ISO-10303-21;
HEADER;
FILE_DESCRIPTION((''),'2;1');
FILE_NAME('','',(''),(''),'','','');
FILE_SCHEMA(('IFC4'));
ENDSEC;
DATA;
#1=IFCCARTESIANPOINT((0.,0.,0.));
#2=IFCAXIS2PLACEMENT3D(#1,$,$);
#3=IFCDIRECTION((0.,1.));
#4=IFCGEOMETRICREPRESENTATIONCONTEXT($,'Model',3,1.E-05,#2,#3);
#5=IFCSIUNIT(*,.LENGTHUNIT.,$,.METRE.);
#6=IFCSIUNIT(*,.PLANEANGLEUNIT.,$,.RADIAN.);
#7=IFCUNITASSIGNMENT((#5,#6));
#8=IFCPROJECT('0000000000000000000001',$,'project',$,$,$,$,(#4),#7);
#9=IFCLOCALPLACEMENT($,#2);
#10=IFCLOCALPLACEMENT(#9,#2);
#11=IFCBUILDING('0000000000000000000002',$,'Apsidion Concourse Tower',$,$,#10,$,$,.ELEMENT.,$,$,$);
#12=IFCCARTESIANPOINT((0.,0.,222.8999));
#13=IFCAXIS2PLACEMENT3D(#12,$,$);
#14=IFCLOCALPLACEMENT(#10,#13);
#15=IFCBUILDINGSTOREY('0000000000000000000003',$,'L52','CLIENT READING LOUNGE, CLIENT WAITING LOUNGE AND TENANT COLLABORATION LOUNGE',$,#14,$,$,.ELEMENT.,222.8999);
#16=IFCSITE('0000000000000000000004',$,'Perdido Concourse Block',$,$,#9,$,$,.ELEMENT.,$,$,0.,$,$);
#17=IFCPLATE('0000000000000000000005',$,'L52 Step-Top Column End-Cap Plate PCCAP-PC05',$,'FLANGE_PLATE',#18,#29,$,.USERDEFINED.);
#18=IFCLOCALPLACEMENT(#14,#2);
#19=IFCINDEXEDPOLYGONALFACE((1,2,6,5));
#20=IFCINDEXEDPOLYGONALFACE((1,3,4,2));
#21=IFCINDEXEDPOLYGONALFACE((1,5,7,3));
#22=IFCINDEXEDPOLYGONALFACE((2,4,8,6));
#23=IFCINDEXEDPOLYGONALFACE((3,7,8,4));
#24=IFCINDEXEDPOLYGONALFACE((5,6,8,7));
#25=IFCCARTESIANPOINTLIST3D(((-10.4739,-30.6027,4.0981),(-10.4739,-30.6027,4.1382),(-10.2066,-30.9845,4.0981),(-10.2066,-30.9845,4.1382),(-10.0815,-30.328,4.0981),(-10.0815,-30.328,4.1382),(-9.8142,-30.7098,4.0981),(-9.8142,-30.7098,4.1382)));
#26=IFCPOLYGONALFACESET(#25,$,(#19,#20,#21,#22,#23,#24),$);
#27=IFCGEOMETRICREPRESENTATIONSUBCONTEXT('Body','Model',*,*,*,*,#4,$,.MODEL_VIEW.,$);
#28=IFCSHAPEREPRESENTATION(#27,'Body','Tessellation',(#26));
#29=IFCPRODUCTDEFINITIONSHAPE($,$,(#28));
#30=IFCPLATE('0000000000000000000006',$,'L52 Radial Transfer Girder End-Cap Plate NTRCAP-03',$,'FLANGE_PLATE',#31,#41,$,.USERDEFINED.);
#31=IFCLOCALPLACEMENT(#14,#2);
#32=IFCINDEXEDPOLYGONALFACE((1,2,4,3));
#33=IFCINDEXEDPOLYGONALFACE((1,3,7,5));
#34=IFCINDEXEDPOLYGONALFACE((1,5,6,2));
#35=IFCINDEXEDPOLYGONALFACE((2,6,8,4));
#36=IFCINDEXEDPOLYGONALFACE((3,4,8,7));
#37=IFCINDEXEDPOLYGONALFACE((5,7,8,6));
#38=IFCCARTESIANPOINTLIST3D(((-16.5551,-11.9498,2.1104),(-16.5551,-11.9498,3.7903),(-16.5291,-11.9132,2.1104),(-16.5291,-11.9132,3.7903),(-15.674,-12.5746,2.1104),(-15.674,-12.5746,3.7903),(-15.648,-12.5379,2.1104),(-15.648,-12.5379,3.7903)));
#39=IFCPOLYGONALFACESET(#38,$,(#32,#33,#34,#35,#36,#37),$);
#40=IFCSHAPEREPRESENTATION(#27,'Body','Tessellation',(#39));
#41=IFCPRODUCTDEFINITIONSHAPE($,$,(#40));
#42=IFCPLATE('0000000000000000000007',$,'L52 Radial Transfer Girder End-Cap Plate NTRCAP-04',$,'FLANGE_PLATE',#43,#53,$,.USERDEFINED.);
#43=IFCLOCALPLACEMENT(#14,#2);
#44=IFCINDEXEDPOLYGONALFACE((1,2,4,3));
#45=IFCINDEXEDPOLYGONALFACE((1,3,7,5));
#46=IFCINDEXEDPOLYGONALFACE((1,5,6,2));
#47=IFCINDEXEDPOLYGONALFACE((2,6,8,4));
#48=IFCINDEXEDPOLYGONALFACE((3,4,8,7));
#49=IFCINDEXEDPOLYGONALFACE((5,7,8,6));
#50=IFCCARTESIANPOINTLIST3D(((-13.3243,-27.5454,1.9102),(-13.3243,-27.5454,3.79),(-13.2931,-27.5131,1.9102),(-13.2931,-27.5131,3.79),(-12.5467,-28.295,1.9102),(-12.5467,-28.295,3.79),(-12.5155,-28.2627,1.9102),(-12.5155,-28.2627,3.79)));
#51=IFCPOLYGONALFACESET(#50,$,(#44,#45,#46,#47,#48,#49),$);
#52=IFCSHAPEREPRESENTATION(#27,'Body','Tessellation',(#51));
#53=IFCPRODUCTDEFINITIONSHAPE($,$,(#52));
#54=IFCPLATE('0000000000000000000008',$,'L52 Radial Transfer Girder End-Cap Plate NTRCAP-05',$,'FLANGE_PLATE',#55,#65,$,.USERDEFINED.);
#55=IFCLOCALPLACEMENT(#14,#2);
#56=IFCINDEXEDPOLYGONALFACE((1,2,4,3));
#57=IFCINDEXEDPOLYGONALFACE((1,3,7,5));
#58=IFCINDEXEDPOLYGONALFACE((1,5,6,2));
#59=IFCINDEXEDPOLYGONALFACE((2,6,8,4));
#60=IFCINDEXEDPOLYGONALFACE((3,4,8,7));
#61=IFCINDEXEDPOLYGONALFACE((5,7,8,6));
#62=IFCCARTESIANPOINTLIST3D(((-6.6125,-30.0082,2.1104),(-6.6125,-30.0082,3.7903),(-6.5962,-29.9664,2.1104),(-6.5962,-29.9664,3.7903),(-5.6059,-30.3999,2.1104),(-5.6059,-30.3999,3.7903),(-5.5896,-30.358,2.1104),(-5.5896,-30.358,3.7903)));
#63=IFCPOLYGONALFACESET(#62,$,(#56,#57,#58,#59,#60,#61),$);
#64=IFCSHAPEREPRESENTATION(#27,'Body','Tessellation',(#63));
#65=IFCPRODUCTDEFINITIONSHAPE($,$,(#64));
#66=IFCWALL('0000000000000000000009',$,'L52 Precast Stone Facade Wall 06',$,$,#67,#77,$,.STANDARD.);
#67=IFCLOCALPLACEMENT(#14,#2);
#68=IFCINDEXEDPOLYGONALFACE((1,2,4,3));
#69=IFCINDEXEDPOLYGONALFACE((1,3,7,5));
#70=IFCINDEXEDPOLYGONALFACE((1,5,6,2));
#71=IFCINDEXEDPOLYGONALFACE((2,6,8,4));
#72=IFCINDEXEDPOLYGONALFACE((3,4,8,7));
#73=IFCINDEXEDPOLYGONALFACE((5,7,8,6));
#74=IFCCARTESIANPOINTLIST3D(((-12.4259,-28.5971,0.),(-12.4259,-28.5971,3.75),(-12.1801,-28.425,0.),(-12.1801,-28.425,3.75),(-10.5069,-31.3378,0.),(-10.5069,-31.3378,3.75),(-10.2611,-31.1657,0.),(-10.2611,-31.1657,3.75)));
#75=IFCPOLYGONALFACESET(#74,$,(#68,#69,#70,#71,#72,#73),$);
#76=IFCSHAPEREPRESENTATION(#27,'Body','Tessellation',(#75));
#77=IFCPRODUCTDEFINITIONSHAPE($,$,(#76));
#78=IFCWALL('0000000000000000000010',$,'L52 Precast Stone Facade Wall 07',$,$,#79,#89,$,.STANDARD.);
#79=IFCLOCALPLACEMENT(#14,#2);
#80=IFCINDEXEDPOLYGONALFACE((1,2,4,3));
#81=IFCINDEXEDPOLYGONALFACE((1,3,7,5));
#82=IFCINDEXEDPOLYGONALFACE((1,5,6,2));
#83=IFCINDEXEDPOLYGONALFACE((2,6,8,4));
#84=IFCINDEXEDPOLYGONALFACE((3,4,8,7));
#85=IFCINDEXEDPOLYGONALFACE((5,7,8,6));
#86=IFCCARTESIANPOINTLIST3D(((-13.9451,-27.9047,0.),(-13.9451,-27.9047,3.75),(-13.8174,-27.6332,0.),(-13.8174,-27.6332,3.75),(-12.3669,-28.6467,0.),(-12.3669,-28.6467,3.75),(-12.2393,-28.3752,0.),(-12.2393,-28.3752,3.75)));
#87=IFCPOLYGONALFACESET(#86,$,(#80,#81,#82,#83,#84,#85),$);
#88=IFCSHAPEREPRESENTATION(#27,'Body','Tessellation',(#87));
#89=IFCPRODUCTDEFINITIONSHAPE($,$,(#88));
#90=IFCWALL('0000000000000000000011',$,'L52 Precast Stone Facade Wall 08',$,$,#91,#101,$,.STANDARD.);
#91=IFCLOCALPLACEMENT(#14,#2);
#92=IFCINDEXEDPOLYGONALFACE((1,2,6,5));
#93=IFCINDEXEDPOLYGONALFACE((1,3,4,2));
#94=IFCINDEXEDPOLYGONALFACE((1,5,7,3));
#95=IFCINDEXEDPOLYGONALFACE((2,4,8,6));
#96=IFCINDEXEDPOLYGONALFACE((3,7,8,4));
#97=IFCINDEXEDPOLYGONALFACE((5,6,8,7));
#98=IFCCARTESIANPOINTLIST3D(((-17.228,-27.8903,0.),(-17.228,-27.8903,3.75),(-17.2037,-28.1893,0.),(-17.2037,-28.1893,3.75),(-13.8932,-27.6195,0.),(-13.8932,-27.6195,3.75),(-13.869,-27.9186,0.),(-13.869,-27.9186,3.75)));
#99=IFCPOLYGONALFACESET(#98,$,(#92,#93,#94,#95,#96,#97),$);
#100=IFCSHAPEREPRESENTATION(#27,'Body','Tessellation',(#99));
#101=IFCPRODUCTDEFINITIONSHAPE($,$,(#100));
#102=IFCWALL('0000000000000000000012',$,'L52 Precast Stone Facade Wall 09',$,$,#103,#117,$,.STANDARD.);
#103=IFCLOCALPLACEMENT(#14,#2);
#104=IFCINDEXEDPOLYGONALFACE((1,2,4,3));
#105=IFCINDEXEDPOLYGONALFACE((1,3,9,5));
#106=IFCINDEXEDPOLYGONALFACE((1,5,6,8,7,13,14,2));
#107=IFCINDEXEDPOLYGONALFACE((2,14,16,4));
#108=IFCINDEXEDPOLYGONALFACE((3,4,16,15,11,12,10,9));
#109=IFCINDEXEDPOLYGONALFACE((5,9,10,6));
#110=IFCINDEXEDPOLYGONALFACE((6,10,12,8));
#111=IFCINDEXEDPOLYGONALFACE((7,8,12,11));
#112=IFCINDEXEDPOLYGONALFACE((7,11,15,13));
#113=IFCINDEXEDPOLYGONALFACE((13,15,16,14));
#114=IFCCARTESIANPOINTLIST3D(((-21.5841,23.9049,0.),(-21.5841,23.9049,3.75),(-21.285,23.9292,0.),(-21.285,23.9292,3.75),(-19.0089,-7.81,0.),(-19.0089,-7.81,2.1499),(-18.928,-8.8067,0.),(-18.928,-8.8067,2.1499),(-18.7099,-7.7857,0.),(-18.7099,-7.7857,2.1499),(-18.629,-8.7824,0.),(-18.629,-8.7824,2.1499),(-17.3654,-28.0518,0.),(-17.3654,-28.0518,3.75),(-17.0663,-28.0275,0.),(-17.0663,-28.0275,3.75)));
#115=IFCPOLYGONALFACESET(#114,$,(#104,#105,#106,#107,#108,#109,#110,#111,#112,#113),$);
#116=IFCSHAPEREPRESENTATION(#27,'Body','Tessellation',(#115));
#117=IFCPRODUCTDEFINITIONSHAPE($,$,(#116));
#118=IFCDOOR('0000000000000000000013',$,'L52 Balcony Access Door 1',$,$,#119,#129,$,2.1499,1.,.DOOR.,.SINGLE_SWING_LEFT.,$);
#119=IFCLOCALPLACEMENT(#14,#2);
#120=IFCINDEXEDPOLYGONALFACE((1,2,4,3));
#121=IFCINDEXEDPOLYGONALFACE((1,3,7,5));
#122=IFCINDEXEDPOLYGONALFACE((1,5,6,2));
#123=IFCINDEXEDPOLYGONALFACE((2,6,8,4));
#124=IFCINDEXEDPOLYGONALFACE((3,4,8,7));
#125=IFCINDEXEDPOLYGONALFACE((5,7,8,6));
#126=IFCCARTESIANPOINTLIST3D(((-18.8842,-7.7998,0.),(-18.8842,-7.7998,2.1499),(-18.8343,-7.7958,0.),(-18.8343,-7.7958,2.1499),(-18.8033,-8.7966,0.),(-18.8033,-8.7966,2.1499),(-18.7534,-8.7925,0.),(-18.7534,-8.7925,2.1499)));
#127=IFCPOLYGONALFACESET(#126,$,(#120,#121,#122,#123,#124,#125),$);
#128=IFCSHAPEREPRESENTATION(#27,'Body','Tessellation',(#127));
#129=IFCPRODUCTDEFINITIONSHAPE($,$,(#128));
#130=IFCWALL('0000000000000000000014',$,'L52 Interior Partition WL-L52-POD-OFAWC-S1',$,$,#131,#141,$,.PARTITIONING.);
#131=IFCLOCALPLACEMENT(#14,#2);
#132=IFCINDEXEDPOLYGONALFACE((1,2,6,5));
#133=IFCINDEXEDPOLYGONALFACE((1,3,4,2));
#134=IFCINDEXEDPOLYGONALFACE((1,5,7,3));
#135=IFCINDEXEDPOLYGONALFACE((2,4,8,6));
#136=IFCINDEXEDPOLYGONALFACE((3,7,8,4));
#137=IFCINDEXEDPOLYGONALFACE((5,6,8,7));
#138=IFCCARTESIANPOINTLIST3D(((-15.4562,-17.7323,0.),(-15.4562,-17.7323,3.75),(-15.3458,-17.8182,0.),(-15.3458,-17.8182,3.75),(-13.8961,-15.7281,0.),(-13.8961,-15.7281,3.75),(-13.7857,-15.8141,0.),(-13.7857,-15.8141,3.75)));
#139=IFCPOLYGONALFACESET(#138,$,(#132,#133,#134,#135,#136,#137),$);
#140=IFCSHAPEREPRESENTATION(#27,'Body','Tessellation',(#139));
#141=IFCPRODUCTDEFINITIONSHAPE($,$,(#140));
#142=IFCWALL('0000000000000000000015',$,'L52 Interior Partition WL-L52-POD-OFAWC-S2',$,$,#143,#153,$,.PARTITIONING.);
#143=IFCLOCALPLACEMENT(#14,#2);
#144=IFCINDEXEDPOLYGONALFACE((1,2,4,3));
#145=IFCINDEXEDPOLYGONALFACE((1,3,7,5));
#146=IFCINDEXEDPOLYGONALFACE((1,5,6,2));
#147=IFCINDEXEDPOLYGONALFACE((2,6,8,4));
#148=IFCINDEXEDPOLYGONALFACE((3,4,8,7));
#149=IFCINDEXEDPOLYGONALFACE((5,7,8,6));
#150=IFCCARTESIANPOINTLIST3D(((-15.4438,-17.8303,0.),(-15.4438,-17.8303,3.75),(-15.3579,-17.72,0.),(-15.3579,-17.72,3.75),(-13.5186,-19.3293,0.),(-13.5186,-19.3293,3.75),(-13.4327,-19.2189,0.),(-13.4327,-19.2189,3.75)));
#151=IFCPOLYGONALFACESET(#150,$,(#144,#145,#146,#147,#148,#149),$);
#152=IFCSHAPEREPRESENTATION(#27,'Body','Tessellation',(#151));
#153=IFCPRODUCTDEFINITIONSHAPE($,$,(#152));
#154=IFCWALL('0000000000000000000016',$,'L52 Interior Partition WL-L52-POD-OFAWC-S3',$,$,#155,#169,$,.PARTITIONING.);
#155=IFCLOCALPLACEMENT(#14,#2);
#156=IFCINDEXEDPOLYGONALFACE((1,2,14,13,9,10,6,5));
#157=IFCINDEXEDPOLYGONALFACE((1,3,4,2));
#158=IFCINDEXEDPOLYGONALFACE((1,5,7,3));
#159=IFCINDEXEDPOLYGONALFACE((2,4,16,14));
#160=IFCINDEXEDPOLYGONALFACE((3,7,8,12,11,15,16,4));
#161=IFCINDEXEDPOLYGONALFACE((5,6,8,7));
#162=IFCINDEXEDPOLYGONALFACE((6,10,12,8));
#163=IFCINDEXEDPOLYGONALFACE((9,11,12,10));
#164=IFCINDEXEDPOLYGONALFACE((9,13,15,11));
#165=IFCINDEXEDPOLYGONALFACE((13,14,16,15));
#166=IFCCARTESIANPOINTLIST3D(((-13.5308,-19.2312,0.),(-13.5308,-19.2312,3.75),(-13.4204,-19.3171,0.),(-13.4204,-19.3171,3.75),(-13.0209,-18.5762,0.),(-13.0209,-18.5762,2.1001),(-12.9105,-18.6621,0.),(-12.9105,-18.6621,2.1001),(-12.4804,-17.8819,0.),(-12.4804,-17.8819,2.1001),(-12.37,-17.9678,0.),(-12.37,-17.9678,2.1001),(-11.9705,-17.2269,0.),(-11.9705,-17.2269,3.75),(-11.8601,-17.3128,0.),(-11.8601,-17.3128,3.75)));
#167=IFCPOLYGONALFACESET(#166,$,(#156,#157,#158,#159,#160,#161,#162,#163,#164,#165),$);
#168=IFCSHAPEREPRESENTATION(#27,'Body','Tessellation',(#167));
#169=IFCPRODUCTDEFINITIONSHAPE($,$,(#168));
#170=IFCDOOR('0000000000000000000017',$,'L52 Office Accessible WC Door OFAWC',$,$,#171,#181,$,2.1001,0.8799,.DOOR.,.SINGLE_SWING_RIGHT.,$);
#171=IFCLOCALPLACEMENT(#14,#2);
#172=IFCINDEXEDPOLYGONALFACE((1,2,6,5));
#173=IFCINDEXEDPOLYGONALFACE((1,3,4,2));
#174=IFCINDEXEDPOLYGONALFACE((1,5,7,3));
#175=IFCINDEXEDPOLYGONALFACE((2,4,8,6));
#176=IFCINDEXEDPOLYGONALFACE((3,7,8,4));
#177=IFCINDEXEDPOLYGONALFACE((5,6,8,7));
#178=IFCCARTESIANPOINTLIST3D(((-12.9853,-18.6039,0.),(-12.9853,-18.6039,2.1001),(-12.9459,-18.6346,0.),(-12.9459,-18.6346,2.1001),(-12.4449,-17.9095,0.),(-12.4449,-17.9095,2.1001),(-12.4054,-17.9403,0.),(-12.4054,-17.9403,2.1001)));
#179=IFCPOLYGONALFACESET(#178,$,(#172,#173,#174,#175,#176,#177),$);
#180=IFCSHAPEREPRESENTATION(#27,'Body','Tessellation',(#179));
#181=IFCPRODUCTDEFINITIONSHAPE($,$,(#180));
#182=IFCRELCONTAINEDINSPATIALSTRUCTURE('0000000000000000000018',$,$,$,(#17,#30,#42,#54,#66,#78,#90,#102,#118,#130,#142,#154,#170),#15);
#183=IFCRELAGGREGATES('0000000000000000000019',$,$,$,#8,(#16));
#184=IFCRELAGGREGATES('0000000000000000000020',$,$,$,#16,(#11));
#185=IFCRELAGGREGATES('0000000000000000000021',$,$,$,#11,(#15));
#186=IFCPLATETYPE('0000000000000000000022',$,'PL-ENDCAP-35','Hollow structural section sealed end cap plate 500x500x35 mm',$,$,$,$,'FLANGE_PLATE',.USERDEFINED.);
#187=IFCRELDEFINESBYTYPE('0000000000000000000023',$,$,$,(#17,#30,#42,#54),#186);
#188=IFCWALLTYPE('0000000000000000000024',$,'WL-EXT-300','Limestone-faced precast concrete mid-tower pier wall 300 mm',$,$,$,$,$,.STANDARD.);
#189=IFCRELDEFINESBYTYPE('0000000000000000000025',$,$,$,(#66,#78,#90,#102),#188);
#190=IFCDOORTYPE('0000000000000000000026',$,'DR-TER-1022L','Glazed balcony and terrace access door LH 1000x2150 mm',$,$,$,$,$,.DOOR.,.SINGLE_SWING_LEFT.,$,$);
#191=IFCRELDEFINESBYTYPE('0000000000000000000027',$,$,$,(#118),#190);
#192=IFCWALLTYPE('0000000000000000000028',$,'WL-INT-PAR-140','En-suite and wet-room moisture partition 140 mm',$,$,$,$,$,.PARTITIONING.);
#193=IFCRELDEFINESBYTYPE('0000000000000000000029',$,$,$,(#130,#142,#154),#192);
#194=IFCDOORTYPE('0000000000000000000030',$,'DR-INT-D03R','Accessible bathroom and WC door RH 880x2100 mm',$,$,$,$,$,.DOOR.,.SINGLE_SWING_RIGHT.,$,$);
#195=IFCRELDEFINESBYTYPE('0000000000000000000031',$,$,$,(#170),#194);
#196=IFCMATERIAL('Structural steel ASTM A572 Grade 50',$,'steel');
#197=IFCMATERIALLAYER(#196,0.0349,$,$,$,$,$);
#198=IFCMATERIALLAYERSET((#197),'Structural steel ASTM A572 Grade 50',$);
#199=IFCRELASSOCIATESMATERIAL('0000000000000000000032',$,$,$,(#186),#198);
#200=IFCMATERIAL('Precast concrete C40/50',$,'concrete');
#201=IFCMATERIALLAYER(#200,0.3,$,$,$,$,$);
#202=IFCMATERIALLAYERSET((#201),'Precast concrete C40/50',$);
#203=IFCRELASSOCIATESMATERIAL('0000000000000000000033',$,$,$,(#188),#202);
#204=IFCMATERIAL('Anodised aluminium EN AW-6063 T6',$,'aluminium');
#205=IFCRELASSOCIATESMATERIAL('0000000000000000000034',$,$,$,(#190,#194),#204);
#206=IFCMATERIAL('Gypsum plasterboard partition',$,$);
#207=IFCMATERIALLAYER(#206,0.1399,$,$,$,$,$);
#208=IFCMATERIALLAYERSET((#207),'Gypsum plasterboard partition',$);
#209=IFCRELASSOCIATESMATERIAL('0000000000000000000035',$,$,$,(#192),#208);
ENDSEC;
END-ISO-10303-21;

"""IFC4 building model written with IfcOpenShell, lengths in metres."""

from ifc_helpers import new_model, si_unit, direction, frame, frame_2d, origin, origin_2d, place, context, subcontext, project, spatial, rectangle, extrude, material, layer, layer_set, type_object, element, fill, save


model = new_model("IFC4")

# Units and contexts
model_context = context("Model", 3, precision=1e-05, world=origin(), true_north=direction((0.0, 1.0)))
body_context = subcontext(model_context, "Body", "Model", "MODEL_VIEW")
ifc_project = project(units=[si_unit("LENGTHUNIT", "METRE"), si_unit("PLANEANGLEUNIT", "RADIAN")], contexts=[model_context])

# Site, building, storey
site_placement = place(None, origin())
site = spatial("IfcSite", under=ifc_project, at=site_placement, Name="Perdido Concourse Block", CompositionType="ELEMENT", RefElevation=0.0)
building_placement = place(site_placement, origin())
building = spatial("IfcBuilding", under=site, at=building_placement, Name="Apsidion Concourse Tower", CompositionType="ELEMENT")
storey_placement = place(building_placement, frame((0.0, 0.0, 222.8999)))
storey = spatial("IfcBuildingStorey", under=building, at=storey_placement, Name="L52", Description="CLIENT READING LOUNGE, CLIENT WAITING LOUNGE AND TENANT COLLABORATION LOUNGE", CompositionType="ELEMENT", Elevation=222.8999)

# Shared definitions
ifc_material_1 = material(Name="Structural steel ASTM A572 Grade 50", Category="steel")

# Plates
ifc_layer_1 = layer(ifc_material_1, 0.0349)
ifc_layer_set_1 = layer_set([ifc_layer_1], Name="Structural steel ASTM A572 Grade 50")
plate_type = type_object("IfcPlateType", Name="PL-ENDCAP-35", Description="Hollow structural section sealed end cap plate 500x500x35 mm", ElementType="FLANGE_PLATE", PredefinedType="USERDEFINED", material=ifc_layer_set_1)
for number, where, z_axis, x_axis, name in (
    (1, (-10.144, -30.6562, 4.0981), (0.0, 0.0, 1.0), (0.819152, 0.573576, 0.0), "L52 Step-Top Column End-Cap Plate PCCAP-PC05"),
):
    element("IfcPlate", number, at=place(storey_placement, frame(where, z_axis=z_axis, x_axis=x_axis)), inside=storey, type_object=plate_type, Name=name, ObjectType="FLANGE_PLATE", PredefinedType="USERDEFINED", context=body_context, shape_type="SweptSolid", body=[
        extrude(rectangle(XDim=0.479, YDim=0.4661, at=origin_2d()), origin(), (0.0, 0.0, 1.0), 0.04),
    ])
plate_1_placement = place(storey_placement, frame((-16.1016, -12.2439, 2.1104), z_axis=(0.0, 0.0, 1.0), x_axis=(-0.578427, -0.815734, 0.0)))
element("IfcPlate", 2, at=plate_1_placement, inside=storey, type_object=plate_type, Name="L52 Radial Transfer Girder End-Cap Plate NTRCAP-03", ObjectType="FLANGE_PLATE", PredefinedType="USERDEFINED", context=body_context, shape_type="SweptSolid", body=[
    extrude(rectangle(XDim=0.0449, YDim=1.0801, at=origin_2d()), origin(), (0.0, 0.0, 1.0), 1.6799),
])
plate_2_placement = place(storey_placement, frame((-12.9199, -27.9041, 1.9102), z_axis=(0.0, 0.0, 1.0), x_axis=(-0.69403, -0.719946, 0.0)))
element("IfcPlate", 3, at=plate_2_placement, inside=storey, type_object=plate_type, Name="L52 Radial Transfer Girder End-Cap Plate NTRCAP-04", ObjectType="FLANGE_PLATE", PredefinedType="USERDEFINED", context=body_context, shape_type="SweptSolid", body=[
    extrude(rectangle(XDim=0.0449, YDim=1.0801, at=origin_2d()), origin(), (0.0, 0.0, 1.0), 1.8799),
])
plate_3_placement = place(storey_placement, frame((-6.1011, -30.1831, 2.1104), z_axis=(0.0, 0.0, 1.0), x_axis=(-0.362601, -0.931945, 0.0)))
element("IfcPlate", 4, at=plate_3_placement, inside=storey, type_object=plate_type, Name="L52 Radial Transfer Girder End-Cap Plate NTRCAP-05", ObjectType="FLANGE_PLATE", PredefinedType="USERDEFINED", context=body_context, shape_type="SweptSolid", body=[
    extrude(rectangle(XDim=0.0449, YDim=1.0801, at=origin_2d()), origin(), (0.0, 0.0, 1.0), 1.6799),
])

# Walls
ifc_material_2 = material(Name="Precast concrete C40/50", Category="concrete")
ifc_layer_2 = layer(ifc_material_2, 0.3)
ifc_layer_set_2 = layer_set([ifc_layer_2], Name="Precast concrete C40/50")
wall_type_1 = type_object("IfcWallType", Name="WL-EXT-300", Description="Limestone-faced precast concrete mid-tower pier wall 300 mm", PredefinedType="STANDARD", material=ifc_layer_set_2)
wall_1_placement = place(storey_placement, frame((-10.384, -31.2517, 0.0), z_axis=(0.0, 0.0, 1.0), x_axis=(-0.57355, 0.81917, 0.0)))
element("IfcWall", 5, at=wall_1_placement, inside=storey, type_object=wall_type_1, Name="L52 Precast Stone Facade Wall 06", PredefinedType="STANDARD", context=body_context, shape_type="SweptSolid", body=[
    extrude(rectangle(XDim=3.3457, YDim=0.3, at=frame_2d((1.6729, 0.0))), origin(), (0.0, 0.0, 1.0), 3.75),
])
wall_2_placement = place(storey_placement, frame((-12.303, -28.511, 0.0), z_axis=(0.0, 0.0, 1.0), x_axis=(-0.904974, 0.425467, 0.0)))
element("IfcWall", 6, at=wall_2_placement, inside=storey, type_object=wall_type_1, Name="L52 Precast Stone Facade Wall 07", PredefinedType="STANDARD", context=body_context, shape_type="SweptSolid", body=[
    extrude(rectangle(XDim=1.7439, YDim=0.3, at=frame_2d((0.8721, 0.0))), origin(), (0.0, 0.0, 1.0), 3.75),
])
wall_3_placement = place(storey_placement, frame((-13.8811, -27.769, 0.0), z_axis=(0.0, 0.0, 1.0), x_axis=(-0.99672, -0.080926, 0.0)))
element("IfcWall", 7, at=wall_3_placement, inside=storey, type_object=wall_type_1, Name="L52 Precast Stone Facade Wall 08", PredefinedType="STANDARD", context=body_context, shape_type="SweptSolid", body=[
    extrude(rectangle(XDim=3.3457, YDim=0.3, at=frame_2d((1.6729, 0.0))), origin(), (0.0, 0.0, 1.0), 3.75),
])

# Wall, opening, door
wall_4_placement = place(storey_placement, frame((-17.2158, -28.0398, 0.0), z_axis=(0.0, 0.0, 1.0), x_axis=(-0.080931, 0.99672, 0.0)))
wall_4 = element("IfcWall", 8, at=wall_4_placement, inside=storey, type_object=wall_type_1, Name="L52 Precast Stone Facade Wall 09", PredefinedType="STANDARD", context=body_context, shape_type="SweptSolid", body=[
    extrude(rectangle(XDim=52.1277, YDim=0.3, at=frame_2d((26.064, 0.0))), origin(), (0.0, 0.0, 1.0), 3.75),
])
opening_1_placement = place(wall_4_placement, frame((19.3086, 0.0, 0.0)))
opening_1 = element("IfcOpeningElement", 9, at=opening_1_placement, cuts=wall_4, PredefinedType="OPENING", context=body_context, shape_type="SweptSolid", body=[
    extrude(rectangle(XDim=1.0, YDim=2.1499, at=frame_2d((0.5, 1.075))), frame((0.0, 0.1602, 0.0), z_axis=(0.0, -1.0, 0.0), x_axis=(1.0, 0.0, 0.0)), (0.0, 0.0, 1.0), 0.3201),
])
ifc_material_3 = material(Name="Anodised aluminium EN AW-6063 T6", Category="aluminium")
door_type_1 = type_object("IfcDoorType", Name="DR-TER-1022L", Description="Glazed balcony and terrace access door LH 1000x2150 mm", OperationType="SINGLE_SWING_LEFT", PredefinedType="DOOR", material=ifc_material_3)
door_1_placement = place(opening_1_placement, origin())
door_1 = element("IfcDoor", 10, at=door_1_placement, inside=storey, type_object=door_type_1, Name="L52 Balcony Access Door 1", OperationType="SINGLE_SWING_LEFT", OverallHeight=2.1499, OverallWidth=1.0, PredefinedType="DOOR", context=body_context, shape_type="SweptSolid", body=[
    extrude(rectangle(XDim=1.0, YDim=2.1499, at=frame_2d((0.5, 1.075))), frame((0.0, 0.0249, 0.0), z_axis=(0.0, -1.0, 0.0), x_axis=(1.0, 0.0, 0.0)), (0.0, 0.0, 1.0), 0.05),
])
fill(opening_1, door_1)

# Walls
ifc_material_4 = material(Name="Gypsum plasterboard partition")
ifc_layer_3 = layer(ifc_material_4, 0.1399)
ifc_layer_set_3 = layer_set([ifc_layer_3], Name="Gypsum plasterboard partition")
wall_type_2 = type_object("IfcWallType", Name="WL-INT-PAR-140", Description="En-suite and wet-room moisture partition 140 mm", PredefinedType="PARTITIONING", material=ifc_layer_set_3)
wall_5_placement = place(storey_placement, frame((-13.8408, -15.771, 0.0), z_axis=(0.0, 0.0, 1.0), x_axis=(-0.614253, -0.789109, 0.0)))
element("IfcWall", 11, at=wall_5_placement, inside=storey, type_object=wall_type_2, Name="L52 Interior Partition WL-L52-POD-OFAWC-S1", PredefinedType="PARTITIONING", context=body_context, shape_type="SweptSolid", body=[
    extrude(rectangle(XDim=2.5398, YDim=0.1399, at=frame_2d((1.27, 0.0))), origin(), (0.0, 0.0, 1.0), 3.75),
])
wall_6_placement = place(storey_placement, frame((-15.4009, -17.7751, 0.0), z_axis=(0.0, 0.0, 1.0), x_axis=(0.78904, -0.614342, 0.0)))
element("IfcWall", 12, at=wall_6_placement, inside=storey, type_object=wall_type_2, Name="L52 Interior Partition WL-L52-POD-OFAWC-S2", PredefinedType="PARTITIONING", context=body_context, shape_type="SweptSolid", body=[
    extrude(rectangle(XDim=2.4399, YDim=0.1399, at=frame_2d((1.22, 0.0))), origin(), (0.0, 0.0, 1.0), 3.75),
])

# Wall, opening, door
wall_7_placement = place(storey_placement, frame((-13.4756, -19.2742, 0.0), z_axis=(0.0, 0.0, 1.0), x_axis=(0.614267, 0.789099, 0.0)))
wall_7 = element("IfcWall", 13, at=wall_7_placement, inside=storey, type_object=wall_type_2, Name="L52 Interior Partition WL-L52-POD-OFAWC-S3", PredefinedType="PARTITIONING", context=body_context, shape_type="SweptSolid", body=[
    extrude(rectangle(XDim=2.54, YDim=0.1399, at=frame_2d((1.27, 0.0))), origin(), (0.0, 0.0, 1.0), 3.75),
])
opening_2_placement = place(wall_7_placement, frame((0.8301, 0.0, 0.0)))
opening_2 = element("IfcOpeningElement", 14, at=opening_2_placement, cuts=wall_7, PredefinedType="OPENING", context=body_context, shape_type="SweptSolid", body=[
    extrude(rectangle(XDim=0.8799, YDim=2.1001, at=frame_2d((0.4399, 1.05))), frame((0.0, 0.0801, 0.0), z_axis=(0.0, -1.0, 0.0), x_axis=(1.0, 0.0, 0.0)), (0.0, 0.0, 1.0), 0.1599),
])
door_type_2 = type_object("IfcDoorType", Name="DR-INT-D03R", Description="Accessible bathroom and WC door RH 880x2100 mm", OperationType="SINGLE_SWING_RIGHT", PredefinedType="DOOR", material=ifc_material_3)
door_2_placement = place(opening_2_placement, origin())
door_2 = element("IfcDoor", 15, at=door_2_placement, inside=storey, type_object=door_type_2, Name="L52 Office Accessible WC Door OFAWC", OperationType="SINGLE_SWING_RIGHT", OverallHeight=2.1001, OverallWidth=0.8799, PredefinedType="DOOR", context=body_context, shape_type="SweptSolid", body=[
    extrude(rectangle(XDim=0.8799, YDim=2.1001, at=frame_2d((0.4399, 1.05))), frame((0.0, 0.0249, 0.0), z_axis=(0.0, -1.0, 0.0), x_axis=(1.0, 0.0, 0.0)), (0.0, 0.0, 1.0), 0.05),
])
fill(opening_2, door_2)

save(model, "model.ifc")
